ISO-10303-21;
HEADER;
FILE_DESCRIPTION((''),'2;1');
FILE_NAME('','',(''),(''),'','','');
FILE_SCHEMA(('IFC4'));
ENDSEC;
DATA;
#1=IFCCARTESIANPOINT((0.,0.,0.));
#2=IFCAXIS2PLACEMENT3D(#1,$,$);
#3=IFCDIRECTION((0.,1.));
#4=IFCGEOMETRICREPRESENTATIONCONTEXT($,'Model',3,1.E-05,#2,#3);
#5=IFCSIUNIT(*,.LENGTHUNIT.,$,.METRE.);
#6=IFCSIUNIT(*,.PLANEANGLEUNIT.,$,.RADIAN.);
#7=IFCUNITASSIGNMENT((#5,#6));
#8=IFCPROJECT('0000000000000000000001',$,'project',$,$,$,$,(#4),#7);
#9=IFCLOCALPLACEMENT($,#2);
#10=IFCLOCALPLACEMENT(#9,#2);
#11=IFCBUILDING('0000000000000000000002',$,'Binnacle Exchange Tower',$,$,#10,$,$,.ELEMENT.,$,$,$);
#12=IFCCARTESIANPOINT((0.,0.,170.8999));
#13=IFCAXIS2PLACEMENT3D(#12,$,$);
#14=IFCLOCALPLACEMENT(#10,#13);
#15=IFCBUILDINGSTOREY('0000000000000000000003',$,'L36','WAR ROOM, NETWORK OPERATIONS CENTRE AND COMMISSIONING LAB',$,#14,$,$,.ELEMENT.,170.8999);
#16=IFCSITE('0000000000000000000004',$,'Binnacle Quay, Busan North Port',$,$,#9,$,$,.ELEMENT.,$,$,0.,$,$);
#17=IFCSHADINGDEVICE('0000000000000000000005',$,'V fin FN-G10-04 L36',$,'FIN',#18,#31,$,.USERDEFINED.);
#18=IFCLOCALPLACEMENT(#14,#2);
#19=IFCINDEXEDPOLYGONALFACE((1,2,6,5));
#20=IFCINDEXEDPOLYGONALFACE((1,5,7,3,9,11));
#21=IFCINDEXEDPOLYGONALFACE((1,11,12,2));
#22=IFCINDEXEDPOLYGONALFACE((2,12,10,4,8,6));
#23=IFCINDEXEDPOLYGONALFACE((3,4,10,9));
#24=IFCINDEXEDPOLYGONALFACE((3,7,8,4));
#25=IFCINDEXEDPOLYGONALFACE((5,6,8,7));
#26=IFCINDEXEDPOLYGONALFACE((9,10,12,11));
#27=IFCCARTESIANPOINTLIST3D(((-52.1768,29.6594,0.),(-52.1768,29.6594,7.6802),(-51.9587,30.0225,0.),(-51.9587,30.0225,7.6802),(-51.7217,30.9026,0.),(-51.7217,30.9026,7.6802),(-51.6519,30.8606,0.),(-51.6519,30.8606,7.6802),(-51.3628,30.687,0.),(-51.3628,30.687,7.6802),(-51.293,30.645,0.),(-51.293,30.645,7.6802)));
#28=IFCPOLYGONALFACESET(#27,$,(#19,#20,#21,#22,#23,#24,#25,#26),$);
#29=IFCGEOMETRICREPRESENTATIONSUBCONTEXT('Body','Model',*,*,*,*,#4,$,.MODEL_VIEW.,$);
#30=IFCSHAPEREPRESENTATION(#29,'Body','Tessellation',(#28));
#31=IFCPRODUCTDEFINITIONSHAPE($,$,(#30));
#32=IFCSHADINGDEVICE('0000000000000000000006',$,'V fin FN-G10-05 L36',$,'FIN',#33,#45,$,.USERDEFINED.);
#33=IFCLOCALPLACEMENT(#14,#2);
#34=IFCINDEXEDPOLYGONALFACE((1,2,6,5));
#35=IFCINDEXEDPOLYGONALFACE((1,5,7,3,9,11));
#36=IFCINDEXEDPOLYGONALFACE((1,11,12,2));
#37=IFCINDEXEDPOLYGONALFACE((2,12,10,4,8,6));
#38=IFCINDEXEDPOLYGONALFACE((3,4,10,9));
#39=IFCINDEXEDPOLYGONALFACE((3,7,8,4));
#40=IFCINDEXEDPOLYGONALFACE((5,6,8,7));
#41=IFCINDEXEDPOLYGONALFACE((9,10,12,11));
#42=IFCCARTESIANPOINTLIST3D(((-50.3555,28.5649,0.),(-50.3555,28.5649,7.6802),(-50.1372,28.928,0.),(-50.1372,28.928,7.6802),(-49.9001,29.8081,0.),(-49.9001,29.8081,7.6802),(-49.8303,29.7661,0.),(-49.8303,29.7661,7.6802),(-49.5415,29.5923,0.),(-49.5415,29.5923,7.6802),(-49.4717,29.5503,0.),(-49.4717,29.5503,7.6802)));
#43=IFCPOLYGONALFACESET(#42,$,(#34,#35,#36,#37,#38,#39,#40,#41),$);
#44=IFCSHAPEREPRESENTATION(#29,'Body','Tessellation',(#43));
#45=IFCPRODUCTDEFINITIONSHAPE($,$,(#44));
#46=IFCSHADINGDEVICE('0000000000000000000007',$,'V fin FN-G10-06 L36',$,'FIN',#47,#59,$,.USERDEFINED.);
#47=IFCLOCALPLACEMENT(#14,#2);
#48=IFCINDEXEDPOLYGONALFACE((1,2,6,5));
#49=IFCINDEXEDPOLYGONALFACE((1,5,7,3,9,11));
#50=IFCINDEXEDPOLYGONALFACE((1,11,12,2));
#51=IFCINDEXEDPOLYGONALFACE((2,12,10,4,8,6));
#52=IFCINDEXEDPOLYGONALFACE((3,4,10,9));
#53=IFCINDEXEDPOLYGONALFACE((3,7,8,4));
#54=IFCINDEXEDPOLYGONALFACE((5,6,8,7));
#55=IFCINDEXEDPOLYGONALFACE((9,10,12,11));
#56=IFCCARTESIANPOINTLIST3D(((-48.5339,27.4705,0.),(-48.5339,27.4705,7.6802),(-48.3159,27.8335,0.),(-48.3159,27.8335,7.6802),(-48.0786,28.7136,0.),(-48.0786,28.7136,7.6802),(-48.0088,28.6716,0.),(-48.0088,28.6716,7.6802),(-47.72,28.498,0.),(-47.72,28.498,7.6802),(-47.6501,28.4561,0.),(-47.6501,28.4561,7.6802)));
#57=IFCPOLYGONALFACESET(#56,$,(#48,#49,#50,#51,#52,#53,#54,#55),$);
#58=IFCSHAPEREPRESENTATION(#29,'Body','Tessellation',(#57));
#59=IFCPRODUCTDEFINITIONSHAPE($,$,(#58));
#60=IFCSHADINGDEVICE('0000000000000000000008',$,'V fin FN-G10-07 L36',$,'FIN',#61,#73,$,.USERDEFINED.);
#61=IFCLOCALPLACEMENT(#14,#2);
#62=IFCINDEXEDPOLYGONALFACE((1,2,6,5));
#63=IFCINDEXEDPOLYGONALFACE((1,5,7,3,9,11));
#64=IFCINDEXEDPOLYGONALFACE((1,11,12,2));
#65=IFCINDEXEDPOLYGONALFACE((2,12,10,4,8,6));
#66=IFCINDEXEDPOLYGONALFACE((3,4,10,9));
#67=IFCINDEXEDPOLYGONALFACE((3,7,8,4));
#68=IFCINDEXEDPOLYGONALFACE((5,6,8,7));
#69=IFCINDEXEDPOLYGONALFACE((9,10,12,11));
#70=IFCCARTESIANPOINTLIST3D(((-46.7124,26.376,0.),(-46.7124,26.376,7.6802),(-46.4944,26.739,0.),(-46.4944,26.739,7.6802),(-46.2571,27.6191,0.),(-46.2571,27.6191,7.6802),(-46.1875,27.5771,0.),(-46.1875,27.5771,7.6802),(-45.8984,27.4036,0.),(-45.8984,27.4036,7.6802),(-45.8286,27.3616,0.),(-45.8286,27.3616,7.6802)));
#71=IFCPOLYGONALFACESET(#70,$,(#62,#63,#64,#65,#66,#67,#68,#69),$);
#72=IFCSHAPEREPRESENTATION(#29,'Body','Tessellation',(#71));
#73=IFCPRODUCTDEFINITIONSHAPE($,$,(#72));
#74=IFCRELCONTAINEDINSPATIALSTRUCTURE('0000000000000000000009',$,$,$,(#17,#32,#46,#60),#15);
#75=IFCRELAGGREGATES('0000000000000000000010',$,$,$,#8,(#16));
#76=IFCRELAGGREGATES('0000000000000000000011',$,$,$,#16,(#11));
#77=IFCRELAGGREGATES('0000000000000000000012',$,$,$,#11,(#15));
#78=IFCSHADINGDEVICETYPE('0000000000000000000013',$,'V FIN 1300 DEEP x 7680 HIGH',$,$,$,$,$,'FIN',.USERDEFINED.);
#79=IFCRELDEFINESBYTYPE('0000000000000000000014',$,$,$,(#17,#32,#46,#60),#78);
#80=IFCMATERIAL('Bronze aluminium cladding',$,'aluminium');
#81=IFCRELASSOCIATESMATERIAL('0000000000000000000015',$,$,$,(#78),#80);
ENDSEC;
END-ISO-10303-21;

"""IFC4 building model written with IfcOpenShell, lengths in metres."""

from ifc_helpers import new_model, si_unit, direction, frame, origin, place, context, subcontext, project, spatial, polyline, outline, extrude, material, type_object, element, save


model = new_model("IFC4")

# Units and contexts
model_context = context("Model", 3, precision=1e-05, world=origin(), true_north=direction((0.0, 1.0)))
body_context = subcontext(model_context, "Body", "Model", "MODEL_VIEW")
ifc_project = project(units=[si_unit("LENGTHUNIT", "METRE"), si_unit("PLANEANGLEUNIT", "RADIAN")], contexts=[model_context])

# Site, building, storey
site_placement = place(None, origin())
site = spatial("IfcSite", under=ifc_project, at=site_placement, Name="Binnacle Quay, Busan North Port", CompositionType="ELEMENT", RefElevation=0.0)
building_placement = place(site_placement, origin())
building = spatial("IfcBuilding", under=site, at=building_placement, Name="Binnacle Exchange Tower", CompositionType="ELEMENT")
storey_placement = place(building_placement, frame((0.0, 0.0, 170.8999)))
storey = spatial("IfcBuildingStorey", under=building, at=storey_placement, Name="L36", Description="WAR ROOM, NETWORK OPERATIONS CENTRE AND COMMISSIONING LAB", CompositionType="ELEMENT", Elevation=170.8999)

# Shading devices
ifc_material_1 = material(Name="Bronze aluminium cladding", Category="aluminium")
shading_device_type = type_object("IfcShadingDeviceType", Name="V FIN 1300 DEEP x 7680 HIGH", ElementType="FIN", PredefinedType="USERDEFINED", material=ifc_material_1)
shading_device_1_placement = place(storey_placement, origin())
element("IfcShadingDevice", 1, at=shading_device_1_placement, inside=storey, type_object=shading_device_type, Name="V fin FN-G10-04 L36", ObjectType="FIN", PredefinedType="USERDEFINED", context=body_context, shape_type="SweptSolid", body=[
    extrude(outline(polyline([(-51.7217, 30.9026), (-52.1768, 29.6594), (-51.293, 30.645), (-51.3628, 30.687), (-51.9587, 30.0225), (-51.6519, 30.8606), (-51.7217, 30.9026)])), origin(), (0.0, 0.0, 1.0), 7.6802),
])
shading_device_2_placement = place(storey_placement, origin())
element("IfcShadingDevice", 2, at=shading_device_2_placement, inside=storey, type_object=shading_device_type, Name="V fin FN-G10-05 L36", ObjectType="FIN", PredefinedType="USERDEFINED", context=body_context, shape_type="SweptSolid", body=[
    extrude(outline(polyline([(-49.9001, 29.8081), (-50.3555, 28.5649), (-49.4717, 29.5503), (-49.5415, 29.5923), (-50.1372, 28.928), (-49.8303, 29.7661), (-49.9001, 29.8081)])), origin(), (0.0, 0.0, 1.0), 7.6802),
])
shading_device_3_placement = place(storey_placement, origin())
element("IfcShadingDevice", 3, at=shading_device_3_placement, inside=storey, type_object=shading_device_type, Name="V fin FN-G10-06 L36", ObjectType="FIN", PredefinedType="USERDEFINED", context=body_context, shape_type="SweptSolid", body=[
    extrude(outline(polyline([(-48.0786, 28.7136), (-48.5339, 27.4705), (-47.6501, 28.4561), (-47.72, 28.498), (-48.3159, 27.8335), (-48.0088, 28.6716), (-48.0786, 28.7136)])), origin(), (0.0, 0.0, 1.0), 7.6802),
])
shading_device_4_placement = place(storey_placement, origin())
element("IfcShadingDevice", 4, at=shading_device_4_placement, inside=storey, type_object=shading_device_type, Name="V fin FN-G10-07 L36", ObjectType="FIN", PredefinedType="USERDEFINED", context=body_context, shape_type="SweptSolid", body=[
    extrude(outline(polyline([(-46.2571, 27.6191), (-46.7124, 26.376), (-45.8286, 27.3616), (-45.8984, 27.4036), (-46.4944, 26.739), (-46.1875, 27.5771), (-46.2571, 27.6191)])), origin(), (0.0, 0.0, 1.0), 7.6802),
])

save(model, "model.ifc")
